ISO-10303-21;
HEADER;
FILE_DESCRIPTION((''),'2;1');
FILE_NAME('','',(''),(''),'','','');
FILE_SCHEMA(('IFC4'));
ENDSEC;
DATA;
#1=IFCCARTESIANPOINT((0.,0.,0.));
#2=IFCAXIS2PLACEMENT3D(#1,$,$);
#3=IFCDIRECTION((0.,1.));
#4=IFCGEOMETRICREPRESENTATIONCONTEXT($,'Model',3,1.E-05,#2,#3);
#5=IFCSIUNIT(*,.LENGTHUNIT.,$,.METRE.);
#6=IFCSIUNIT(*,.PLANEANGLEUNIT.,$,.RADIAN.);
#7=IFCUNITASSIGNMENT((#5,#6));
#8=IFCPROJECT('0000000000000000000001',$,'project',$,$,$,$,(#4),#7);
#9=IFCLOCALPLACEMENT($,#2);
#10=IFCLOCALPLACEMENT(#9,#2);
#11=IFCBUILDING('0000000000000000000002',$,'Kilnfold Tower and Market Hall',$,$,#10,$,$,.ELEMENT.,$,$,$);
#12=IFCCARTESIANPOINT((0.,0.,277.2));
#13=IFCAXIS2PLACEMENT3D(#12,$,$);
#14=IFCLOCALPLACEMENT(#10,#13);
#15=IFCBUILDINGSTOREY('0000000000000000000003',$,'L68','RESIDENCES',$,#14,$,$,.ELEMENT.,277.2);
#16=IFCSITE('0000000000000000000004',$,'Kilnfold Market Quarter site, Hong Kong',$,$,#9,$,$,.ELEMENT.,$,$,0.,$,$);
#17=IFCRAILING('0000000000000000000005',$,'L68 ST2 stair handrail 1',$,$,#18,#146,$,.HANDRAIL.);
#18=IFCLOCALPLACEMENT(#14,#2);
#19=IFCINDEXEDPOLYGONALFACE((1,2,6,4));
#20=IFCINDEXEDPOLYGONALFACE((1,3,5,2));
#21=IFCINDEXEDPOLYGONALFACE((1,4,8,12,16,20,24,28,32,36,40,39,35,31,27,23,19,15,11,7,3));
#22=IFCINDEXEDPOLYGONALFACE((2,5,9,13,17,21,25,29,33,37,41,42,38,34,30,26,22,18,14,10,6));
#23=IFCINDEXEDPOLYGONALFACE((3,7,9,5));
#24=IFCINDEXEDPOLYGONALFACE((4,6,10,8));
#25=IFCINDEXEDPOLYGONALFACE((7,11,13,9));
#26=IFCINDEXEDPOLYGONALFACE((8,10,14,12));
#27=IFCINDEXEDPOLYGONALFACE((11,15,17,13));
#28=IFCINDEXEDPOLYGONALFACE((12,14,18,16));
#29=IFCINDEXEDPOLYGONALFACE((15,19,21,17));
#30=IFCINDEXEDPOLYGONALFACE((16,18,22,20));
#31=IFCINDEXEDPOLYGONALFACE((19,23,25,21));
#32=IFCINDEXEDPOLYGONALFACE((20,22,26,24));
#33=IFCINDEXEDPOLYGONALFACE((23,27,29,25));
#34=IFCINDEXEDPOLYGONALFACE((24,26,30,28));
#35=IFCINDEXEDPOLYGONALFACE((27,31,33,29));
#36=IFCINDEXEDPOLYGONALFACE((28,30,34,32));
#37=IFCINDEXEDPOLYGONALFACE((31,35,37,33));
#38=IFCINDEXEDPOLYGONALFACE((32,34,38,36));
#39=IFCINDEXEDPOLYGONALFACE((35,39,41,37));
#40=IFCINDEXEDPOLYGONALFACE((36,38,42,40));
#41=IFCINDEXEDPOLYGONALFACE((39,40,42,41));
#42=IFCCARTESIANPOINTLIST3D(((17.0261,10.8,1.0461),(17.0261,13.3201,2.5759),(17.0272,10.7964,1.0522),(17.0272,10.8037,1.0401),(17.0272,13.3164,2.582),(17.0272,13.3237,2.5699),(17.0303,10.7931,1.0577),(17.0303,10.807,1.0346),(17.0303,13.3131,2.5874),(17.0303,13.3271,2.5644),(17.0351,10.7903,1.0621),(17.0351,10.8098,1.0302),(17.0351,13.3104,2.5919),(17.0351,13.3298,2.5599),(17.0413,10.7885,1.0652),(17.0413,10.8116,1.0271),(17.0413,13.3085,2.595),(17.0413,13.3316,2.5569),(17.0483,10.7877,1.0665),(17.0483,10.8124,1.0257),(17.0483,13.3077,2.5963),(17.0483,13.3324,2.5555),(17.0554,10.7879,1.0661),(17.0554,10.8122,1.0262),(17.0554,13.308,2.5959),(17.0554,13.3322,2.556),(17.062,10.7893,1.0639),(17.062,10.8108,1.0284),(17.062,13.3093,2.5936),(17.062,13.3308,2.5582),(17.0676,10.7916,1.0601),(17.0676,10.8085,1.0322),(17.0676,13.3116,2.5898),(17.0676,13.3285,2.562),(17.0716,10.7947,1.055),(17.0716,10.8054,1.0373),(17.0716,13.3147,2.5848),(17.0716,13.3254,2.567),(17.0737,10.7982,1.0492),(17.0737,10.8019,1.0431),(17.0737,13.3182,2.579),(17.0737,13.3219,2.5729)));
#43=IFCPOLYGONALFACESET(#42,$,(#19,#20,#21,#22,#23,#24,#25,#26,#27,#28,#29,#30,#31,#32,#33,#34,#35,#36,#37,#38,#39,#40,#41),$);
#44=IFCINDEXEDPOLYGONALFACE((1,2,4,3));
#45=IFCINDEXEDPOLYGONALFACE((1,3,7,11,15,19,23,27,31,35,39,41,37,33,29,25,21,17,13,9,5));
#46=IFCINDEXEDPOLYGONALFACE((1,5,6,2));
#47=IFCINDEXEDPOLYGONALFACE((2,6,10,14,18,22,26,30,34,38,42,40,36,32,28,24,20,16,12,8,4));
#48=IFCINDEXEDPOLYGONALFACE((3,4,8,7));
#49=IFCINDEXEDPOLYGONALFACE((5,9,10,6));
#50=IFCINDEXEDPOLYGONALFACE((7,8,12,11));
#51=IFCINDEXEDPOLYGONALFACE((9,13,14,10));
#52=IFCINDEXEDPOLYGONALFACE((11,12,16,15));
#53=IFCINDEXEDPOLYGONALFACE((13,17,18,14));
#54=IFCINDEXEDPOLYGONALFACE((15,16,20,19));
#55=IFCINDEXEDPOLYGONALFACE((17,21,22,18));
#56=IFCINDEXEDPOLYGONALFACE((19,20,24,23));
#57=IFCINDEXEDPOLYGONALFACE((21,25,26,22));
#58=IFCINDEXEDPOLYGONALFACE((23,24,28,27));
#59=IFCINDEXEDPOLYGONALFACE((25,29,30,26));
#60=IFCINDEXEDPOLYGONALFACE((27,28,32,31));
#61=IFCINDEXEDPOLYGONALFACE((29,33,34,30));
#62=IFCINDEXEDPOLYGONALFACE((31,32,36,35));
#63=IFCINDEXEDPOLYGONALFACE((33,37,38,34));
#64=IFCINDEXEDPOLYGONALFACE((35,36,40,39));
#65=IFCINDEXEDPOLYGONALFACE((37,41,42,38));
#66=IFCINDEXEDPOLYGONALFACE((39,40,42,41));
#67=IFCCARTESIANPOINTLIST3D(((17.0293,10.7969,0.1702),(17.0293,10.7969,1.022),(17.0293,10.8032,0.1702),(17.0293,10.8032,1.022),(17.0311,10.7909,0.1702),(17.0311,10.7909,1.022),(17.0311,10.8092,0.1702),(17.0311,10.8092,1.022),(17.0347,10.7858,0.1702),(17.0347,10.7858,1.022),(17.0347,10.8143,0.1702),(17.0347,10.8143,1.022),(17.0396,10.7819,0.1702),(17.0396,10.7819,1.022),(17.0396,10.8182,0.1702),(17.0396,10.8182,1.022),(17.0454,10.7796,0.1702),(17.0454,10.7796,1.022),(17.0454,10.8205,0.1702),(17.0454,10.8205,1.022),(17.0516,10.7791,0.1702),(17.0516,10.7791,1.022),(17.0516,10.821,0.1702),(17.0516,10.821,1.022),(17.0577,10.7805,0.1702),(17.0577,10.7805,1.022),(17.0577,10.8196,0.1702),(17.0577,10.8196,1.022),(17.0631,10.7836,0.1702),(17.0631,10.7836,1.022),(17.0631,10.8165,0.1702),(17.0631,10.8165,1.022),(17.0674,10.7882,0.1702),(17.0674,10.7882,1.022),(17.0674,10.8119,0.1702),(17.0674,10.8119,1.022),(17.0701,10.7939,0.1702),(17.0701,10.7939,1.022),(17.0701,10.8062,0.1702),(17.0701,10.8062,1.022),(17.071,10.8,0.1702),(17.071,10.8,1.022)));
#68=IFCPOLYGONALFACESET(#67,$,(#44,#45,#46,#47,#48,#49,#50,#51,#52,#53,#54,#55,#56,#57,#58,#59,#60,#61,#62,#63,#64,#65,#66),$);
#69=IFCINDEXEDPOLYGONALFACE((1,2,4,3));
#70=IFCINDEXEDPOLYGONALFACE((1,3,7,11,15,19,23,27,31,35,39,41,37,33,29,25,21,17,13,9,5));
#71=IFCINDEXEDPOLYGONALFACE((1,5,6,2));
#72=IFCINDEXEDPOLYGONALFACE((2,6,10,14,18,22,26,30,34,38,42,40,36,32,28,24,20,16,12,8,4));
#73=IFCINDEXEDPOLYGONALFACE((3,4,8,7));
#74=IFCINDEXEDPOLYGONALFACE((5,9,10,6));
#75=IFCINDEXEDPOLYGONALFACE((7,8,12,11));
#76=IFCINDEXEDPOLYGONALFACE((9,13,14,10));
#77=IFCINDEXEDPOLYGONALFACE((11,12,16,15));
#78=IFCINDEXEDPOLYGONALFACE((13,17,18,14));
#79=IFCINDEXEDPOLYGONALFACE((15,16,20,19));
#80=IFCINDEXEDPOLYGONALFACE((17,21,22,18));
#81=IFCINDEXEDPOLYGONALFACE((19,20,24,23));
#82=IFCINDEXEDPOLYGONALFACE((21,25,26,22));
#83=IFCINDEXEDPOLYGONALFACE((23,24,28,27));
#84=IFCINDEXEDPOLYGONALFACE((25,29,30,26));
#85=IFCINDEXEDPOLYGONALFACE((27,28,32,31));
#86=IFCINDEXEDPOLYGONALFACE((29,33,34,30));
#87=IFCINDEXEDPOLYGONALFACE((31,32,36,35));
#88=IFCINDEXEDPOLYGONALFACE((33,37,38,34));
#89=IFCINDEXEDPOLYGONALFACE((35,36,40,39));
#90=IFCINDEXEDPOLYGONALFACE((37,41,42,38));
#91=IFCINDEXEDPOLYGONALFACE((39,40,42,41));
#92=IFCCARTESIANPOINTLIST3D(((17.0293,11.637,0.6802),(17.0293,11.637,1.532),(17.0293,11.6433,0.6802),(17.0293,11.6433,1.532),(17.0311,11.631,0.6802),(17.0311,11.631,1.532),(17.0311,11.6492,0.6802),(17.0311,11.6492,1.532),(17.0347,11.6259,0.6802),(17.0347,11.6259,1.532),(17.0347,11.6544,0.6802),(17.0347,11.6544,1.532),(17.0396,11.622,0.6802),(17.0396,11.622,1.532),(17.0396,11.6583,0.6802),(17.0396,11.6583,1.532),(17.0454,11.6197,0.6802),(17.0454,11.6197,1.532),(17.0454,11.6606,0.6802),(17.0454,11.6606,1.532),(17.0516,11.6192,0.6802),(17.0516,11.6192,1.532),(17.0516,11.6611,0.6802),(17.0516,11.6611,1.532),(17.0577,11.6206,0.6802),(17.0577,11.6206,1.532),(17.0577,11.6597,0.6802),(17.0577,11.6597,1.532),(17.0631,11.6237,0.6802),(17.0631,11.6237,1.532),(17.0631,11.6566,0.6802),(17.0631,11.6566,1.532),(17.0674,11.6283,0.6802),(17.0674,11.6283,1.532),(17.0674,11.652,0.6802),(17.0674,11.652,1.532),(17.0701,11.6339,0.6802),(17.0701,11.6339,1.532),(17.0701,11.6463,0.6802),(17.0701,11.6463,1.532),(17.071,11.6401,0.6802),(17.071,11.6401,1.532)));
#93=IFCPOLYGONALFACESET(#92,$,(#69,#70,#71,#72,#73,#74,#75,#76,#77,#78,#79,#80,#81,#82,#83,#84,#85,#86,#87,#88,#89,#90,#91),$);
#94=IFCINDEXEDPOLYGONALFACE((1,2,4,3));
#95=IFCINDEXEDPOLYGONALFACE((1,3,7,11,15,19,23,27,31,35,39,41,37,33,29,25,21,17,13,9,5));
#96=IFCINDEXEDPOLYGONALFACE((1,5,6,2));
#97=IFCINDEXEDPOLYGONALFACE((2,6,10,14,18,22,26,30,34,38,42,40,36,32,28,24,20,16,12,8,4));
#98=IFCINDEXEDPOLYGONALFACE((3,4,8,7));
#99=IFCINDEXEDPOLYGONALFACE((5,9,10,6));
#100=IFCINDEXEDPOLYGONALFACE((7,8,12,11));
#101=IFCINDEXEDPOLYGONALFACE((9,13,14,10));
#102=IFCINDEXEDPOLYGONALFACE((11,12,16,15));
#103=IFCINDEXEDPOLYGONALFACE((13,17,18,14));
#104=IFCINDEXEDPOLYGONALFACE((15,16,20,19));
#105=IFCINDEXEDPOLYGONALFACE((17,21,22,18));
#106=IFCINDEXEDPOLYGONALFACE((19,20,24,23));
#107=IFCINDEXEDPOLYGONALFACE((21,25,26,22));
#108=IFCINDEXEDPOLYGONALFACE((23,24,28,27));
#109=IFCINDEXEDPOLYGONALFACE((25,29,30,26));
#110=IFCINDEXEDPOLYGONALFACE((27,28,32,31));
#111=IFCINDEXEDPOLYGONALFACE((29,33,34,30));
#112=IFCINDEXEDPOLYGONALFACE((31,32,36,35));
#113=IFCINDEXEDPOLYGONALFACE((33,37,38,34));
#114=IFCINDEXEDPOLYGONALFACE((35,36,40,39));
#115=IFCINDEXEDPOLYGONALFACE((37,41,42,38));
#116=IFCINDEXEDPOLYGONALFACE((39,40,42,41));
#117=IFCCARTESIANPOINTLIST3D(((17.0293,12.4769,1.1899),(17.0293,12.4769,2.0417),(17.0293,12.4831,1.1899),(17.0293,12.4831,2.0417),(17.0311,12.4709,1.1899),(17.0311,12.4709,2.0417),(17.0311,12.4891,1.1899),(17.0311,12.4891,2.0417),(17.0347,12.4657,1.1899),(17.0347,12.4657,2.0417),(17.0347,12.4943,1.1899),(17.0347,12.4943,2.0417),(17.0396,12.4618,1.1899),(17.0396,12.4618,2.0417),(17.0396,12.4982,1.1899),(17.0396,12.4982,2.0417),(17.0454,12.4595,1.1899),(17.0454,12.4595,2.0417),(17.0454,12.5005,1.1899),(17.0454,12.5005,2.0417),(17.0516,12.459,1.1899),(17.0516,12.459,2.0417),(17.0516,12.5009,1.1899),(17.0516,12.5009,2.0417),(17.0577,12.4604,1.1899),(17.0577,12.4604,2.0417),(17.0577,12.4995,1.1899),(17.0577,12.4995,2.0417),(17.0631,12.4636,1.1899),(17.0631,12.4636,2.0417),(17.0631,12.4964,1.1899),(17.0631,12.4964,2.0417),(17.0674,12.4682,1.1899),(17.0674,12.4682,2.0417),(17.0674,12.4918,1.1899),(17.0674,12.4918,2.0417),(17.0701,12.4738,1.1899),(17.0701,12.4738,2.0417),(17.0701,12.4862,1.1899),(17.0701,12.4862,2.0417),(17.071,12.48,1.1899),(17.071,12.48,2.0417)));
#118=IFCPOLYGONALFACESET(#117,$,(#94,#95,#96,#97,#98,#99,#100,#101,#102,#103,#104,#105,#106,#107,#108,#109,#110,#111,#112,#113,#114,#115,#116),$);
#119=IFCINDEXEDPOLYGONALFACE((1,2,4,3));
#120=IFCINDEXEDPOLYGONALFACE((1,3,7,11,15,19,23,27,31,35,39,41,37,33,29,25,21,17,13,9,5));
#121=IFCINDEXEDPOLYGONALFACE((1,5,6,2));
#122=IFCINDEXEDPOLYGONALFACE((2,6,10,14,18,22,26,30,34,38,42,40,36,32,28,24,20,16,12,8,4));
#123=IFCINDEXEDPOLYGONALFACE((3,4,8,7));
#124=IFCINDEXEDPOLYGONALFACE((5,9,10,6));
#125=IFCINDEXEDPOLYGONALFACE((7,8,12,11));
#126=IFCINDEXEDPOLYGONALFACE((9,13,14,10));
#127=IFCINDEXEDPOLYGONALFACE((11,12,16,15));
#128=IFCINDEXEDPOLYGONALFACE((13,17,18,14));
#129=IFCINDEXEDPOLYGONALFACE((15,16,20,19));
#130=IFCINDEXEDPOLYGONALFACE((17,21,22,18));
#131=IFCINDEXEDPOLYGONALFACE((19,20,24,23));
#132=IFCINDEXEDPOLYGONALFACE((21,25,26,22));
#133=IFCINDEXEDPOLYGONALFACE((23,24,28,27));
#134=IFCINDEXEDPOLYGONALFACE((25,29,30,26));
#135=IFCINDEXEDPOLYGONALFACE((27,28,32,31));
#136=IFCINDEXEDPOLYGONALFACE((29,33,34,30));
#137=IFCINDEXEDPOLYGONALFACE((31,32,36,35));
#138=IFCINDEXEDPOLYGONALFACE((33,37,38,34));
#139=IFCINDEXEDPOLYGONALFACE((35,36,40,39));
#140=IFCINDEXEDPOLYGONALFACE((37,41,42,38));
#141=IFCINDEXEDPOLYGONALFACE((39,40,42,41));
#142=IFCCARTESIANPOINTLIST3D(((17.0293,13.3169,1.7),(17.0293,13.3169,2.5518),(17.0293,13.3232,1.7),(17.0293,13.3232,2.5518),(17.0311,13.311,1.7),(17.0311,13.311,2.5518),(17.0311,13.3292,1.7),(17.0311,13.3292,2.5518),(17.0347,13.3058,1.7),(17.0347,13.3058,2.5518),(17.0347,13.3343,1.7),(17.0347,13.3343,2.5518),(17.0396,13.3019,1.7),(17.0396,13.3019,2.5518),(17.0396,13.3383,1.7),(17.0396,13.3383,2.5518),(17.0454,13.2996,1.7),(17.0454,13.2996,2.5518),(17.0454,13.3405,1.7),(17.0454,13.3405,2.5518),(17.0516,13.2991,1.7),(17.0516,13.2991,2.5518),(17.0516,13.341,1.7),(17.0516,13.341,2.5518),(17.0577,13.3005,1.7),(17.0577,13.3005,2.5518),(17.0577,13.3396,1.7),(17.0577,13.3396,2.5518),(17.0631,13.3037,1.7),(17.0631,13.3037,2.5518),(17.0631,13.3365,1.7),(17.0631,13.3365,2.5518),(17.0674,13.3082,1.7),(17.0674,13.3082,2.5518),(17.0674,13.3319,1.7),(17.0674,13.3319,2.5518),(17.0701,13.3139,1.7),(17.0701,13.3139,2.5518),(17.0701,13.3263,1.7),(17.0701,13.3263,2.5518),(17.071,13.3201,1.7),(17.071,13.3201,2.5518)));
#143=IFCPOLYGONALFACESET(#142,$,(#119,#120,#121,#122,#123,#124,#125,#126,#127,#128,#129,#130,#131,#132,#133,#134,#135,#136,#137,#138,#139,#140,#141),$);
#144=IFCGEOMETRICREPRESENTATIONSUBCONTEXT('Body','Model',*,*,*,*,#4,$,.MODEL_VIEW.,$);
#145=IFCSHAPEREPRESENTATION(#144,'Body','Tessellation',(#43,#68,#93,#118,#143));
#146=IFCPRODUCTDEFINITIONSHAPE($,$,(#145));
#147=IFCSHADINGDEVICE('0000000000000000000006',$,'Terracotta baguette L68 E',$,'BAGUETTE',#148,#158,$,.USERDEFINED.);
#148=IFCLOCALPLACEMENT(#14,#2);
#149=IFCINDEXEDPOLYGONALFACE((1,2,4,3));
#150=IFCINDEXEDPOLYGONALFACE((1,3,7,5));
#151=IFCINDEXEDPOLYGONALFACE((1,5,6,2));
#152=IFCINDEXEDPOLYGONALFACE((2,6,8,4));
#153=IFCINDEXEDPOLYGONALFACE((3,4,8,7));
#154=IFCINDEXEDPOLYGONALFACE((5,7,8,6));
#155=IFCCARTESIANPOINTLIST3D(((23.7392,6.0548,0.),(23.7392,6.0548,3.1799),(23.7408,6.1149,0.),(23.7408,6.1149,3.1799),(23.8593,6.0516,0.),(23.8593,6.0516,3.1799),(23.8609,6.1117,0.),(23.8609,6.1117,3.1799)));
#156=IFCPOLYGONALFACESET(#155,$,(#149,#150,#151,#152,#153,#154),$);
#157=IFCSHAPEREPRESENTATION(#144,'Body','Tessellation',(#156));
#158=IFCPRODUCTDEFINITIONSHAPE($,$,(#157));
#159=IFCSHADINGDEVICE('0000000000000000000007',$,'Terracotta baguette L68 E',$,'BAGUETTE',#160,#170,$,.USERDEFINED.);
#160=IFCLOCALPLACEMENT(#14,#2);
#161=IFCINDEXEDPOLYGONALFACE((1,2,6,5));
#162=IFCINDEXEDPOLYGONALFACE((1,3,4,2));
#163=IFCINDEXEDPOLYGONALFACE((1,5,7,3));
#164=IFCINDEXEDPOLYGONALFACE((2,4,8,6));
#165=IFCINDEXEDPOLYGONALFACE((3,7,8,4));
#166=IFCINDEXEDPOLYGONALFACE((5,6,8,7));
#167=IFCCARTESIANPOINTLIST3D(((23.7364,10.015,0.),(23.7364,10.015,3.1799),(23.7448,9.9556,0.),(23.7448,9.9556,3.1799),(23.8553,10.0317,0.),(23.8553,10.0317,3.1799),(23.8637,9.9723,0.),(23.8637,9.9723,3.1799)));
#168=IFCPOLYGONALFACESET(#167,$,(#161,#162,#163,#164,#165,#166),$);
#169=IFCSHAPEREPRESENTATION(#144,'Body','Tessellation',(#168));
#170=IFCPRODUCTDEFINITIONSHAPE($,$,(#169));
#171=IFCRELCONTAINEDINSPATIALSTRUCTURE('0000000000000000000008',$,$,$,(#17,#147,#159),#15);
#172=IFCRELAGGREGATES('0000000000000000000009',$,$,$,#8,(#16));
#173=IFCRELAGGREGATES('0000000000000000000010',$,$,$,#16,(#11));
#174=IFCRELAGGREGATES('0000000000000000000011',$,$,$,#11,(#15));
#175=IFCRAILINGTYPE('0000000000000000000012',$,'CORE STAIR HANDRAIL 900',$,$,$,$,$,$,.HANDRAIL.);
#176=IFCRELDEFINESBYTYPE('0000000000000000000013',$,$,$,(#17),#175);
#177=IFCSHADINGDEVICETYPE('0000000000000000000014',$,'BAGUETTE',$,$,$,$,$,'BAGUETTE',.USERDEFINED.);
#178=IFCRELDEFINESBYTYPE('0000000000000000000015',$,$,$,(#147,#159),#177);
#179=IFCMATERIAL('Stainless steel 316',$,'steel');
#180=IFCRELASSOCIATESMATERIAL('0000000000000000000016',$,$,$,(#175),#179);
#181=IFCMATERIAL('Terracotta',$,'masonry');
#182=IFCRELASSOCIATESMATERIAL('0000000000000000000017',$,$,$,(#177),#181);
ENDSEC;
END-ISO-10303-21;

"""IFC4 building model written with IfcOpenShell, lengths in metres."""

from ifc_helpers import new_model, si_unit, direction, frame, origin, origin_2d, place, context, subcontext, project, spatial, rectangle, circle, extrude, source, transform, mapped, material, material_profile, profile_set, type_object, element, save


model = new_model("IFC4")

# Units and contexts
model_context = context("Model", 3, precision=1e-05, world=origin(), true_north=direction((0.0, 1.0)))
body_context = subcontext(model_context, "Body", "Model", "MODEL_VIEW")
ifc_project = project(units=[si_unit("LENGTHUNIT", "METRE"), si_unit("PLANEANGLEUNIT", "RADIAN")], contexts=[model_context])

# Site, building, storey
site_placement = place(None, origin())
site = spatial("IfcSite", under=ifc_project, at=site_placement, Name="Kilnfold Market Quarter site, Hong Kong", CompositionType="ELEMENT", RefElevation=0.0)
building_placement = place(site_placement, origin())
building = spatial("IfcBuilding", under=site, at=building_placement, Name="Kilnfold Tower and Market Hall", CompositionType="ELEMENT")
storey_placement = place(building_placement, frame((0.0, 0.0, 277.2)))
storey = spatial("IfcBuildingStorey", under=building, at=storey_placement, Name="L68", Description="RESIDENCES", CompositionType="ELEMENT", Elevation=277.2)

# Railing
ifc_material_1 = material(Name="Stainless steel 316", Category="steel")
railing_type_1 = type_object("IfcRailingType", Name="CORE STAIR HANDRAIL 900", PredefinedType="HANDRAIL", material=ifc_material_1)
railing_1_placement = place(storey_placement, frame((17.05, 10.8, 0.1702)))
element("IfcRailing", 1, at=railing_1_placement, inside=storey, type_object=railing_type_1, Name="L68 ST2 stair handrail 1", PredefinedType="HANDRAIL", context=body_context, shape_type="SweptSolid", body=[
    extrude(circle(Radius=0.0239, at=origin_2d()), frame((0.0, 0.0, 0.876), z_axis=(0.0, 0.854822, 0.518922), x_axis=(-1.0, 0.0, 0.0)), (0.0, 0.0, 1.0), 2.948),
    extrude(circle(Radius=0.021, at=origin_2d()), origin(), (0.0, 0.0, 1.0), 0.8518),
    extrude(circle(Radius=0.021, at=origin_2d()), frame((0.0, 0.8401, 0.51)), (0.0, 0.0, 1.0), 0.8518),
    extrude(circle(Radius=0.021, at=origin_2d()), frame((0.0, 1.6799, 1.0198)), (0.0, 0.0, 1.0), 0.8518),
    extrude(circle(Radius=0.021, at=origin_2d()), frame((0.0, 2.52, 1.5298)), (0.0, 0.0, 1.0), 0.8518),
])

# Shading devices
ifc_material_2 = material(Name="Terracotta", Category="masonry")
ifc_material_profile_1 = material_profile(ifc_material_2, rectangle(XDim=0.0601, YDim=0.1201, at=origin_2d()), Name="BAG 60x120")
ifc_profile_set_1 = profile_set([ifc_material_profile_1], Name="Terracotta")
shading_device_type = type_object("IfcShadingDeviceType", Name="BAGUETTE", ElementType="BAGUETTE", PredefinedType="USERDEFINED", material=ifc_profile_set_1)
shared_shape_1 = source(origin(), body_context, "Body", "SweptSolid", [
    extrude(rectangle(XDim=0.0601, YDim=0.1201, at=origin_2d()), origin(), (0.0, 0.0, 1.0), 3.1799),
])
for number, where, z_axis, x_axis, name in (
    (2, (23.8, 6.0833, 0.0), (0.0, 0.0, 1.0), (0.026589, 0.999646, 0.0), "Terracotta baguette L68 E"),
    (3, (23.8, 9.9937, 0.0), (0.0, 0.0, 1.0), (-0.13917, 0.990269, 0.0), "Terracotta baguette L68 E"),
):
    element("IfcShadingDevice", number, at=place(storey_placement, frame(where, z_axis=z_axis, x_axis=x_axis)), inside=storey, type_object=shading_device_type, Name=name, ObjectType="BAGUETTE", PredefinedType="USERDEFINED", context=body_context, shape_type="MappedRepresentation", body=[
        mapped(shared_shape_1, transform((0.0, 0.0, 0.0))),
    ])

save(model, "model.ifc")
